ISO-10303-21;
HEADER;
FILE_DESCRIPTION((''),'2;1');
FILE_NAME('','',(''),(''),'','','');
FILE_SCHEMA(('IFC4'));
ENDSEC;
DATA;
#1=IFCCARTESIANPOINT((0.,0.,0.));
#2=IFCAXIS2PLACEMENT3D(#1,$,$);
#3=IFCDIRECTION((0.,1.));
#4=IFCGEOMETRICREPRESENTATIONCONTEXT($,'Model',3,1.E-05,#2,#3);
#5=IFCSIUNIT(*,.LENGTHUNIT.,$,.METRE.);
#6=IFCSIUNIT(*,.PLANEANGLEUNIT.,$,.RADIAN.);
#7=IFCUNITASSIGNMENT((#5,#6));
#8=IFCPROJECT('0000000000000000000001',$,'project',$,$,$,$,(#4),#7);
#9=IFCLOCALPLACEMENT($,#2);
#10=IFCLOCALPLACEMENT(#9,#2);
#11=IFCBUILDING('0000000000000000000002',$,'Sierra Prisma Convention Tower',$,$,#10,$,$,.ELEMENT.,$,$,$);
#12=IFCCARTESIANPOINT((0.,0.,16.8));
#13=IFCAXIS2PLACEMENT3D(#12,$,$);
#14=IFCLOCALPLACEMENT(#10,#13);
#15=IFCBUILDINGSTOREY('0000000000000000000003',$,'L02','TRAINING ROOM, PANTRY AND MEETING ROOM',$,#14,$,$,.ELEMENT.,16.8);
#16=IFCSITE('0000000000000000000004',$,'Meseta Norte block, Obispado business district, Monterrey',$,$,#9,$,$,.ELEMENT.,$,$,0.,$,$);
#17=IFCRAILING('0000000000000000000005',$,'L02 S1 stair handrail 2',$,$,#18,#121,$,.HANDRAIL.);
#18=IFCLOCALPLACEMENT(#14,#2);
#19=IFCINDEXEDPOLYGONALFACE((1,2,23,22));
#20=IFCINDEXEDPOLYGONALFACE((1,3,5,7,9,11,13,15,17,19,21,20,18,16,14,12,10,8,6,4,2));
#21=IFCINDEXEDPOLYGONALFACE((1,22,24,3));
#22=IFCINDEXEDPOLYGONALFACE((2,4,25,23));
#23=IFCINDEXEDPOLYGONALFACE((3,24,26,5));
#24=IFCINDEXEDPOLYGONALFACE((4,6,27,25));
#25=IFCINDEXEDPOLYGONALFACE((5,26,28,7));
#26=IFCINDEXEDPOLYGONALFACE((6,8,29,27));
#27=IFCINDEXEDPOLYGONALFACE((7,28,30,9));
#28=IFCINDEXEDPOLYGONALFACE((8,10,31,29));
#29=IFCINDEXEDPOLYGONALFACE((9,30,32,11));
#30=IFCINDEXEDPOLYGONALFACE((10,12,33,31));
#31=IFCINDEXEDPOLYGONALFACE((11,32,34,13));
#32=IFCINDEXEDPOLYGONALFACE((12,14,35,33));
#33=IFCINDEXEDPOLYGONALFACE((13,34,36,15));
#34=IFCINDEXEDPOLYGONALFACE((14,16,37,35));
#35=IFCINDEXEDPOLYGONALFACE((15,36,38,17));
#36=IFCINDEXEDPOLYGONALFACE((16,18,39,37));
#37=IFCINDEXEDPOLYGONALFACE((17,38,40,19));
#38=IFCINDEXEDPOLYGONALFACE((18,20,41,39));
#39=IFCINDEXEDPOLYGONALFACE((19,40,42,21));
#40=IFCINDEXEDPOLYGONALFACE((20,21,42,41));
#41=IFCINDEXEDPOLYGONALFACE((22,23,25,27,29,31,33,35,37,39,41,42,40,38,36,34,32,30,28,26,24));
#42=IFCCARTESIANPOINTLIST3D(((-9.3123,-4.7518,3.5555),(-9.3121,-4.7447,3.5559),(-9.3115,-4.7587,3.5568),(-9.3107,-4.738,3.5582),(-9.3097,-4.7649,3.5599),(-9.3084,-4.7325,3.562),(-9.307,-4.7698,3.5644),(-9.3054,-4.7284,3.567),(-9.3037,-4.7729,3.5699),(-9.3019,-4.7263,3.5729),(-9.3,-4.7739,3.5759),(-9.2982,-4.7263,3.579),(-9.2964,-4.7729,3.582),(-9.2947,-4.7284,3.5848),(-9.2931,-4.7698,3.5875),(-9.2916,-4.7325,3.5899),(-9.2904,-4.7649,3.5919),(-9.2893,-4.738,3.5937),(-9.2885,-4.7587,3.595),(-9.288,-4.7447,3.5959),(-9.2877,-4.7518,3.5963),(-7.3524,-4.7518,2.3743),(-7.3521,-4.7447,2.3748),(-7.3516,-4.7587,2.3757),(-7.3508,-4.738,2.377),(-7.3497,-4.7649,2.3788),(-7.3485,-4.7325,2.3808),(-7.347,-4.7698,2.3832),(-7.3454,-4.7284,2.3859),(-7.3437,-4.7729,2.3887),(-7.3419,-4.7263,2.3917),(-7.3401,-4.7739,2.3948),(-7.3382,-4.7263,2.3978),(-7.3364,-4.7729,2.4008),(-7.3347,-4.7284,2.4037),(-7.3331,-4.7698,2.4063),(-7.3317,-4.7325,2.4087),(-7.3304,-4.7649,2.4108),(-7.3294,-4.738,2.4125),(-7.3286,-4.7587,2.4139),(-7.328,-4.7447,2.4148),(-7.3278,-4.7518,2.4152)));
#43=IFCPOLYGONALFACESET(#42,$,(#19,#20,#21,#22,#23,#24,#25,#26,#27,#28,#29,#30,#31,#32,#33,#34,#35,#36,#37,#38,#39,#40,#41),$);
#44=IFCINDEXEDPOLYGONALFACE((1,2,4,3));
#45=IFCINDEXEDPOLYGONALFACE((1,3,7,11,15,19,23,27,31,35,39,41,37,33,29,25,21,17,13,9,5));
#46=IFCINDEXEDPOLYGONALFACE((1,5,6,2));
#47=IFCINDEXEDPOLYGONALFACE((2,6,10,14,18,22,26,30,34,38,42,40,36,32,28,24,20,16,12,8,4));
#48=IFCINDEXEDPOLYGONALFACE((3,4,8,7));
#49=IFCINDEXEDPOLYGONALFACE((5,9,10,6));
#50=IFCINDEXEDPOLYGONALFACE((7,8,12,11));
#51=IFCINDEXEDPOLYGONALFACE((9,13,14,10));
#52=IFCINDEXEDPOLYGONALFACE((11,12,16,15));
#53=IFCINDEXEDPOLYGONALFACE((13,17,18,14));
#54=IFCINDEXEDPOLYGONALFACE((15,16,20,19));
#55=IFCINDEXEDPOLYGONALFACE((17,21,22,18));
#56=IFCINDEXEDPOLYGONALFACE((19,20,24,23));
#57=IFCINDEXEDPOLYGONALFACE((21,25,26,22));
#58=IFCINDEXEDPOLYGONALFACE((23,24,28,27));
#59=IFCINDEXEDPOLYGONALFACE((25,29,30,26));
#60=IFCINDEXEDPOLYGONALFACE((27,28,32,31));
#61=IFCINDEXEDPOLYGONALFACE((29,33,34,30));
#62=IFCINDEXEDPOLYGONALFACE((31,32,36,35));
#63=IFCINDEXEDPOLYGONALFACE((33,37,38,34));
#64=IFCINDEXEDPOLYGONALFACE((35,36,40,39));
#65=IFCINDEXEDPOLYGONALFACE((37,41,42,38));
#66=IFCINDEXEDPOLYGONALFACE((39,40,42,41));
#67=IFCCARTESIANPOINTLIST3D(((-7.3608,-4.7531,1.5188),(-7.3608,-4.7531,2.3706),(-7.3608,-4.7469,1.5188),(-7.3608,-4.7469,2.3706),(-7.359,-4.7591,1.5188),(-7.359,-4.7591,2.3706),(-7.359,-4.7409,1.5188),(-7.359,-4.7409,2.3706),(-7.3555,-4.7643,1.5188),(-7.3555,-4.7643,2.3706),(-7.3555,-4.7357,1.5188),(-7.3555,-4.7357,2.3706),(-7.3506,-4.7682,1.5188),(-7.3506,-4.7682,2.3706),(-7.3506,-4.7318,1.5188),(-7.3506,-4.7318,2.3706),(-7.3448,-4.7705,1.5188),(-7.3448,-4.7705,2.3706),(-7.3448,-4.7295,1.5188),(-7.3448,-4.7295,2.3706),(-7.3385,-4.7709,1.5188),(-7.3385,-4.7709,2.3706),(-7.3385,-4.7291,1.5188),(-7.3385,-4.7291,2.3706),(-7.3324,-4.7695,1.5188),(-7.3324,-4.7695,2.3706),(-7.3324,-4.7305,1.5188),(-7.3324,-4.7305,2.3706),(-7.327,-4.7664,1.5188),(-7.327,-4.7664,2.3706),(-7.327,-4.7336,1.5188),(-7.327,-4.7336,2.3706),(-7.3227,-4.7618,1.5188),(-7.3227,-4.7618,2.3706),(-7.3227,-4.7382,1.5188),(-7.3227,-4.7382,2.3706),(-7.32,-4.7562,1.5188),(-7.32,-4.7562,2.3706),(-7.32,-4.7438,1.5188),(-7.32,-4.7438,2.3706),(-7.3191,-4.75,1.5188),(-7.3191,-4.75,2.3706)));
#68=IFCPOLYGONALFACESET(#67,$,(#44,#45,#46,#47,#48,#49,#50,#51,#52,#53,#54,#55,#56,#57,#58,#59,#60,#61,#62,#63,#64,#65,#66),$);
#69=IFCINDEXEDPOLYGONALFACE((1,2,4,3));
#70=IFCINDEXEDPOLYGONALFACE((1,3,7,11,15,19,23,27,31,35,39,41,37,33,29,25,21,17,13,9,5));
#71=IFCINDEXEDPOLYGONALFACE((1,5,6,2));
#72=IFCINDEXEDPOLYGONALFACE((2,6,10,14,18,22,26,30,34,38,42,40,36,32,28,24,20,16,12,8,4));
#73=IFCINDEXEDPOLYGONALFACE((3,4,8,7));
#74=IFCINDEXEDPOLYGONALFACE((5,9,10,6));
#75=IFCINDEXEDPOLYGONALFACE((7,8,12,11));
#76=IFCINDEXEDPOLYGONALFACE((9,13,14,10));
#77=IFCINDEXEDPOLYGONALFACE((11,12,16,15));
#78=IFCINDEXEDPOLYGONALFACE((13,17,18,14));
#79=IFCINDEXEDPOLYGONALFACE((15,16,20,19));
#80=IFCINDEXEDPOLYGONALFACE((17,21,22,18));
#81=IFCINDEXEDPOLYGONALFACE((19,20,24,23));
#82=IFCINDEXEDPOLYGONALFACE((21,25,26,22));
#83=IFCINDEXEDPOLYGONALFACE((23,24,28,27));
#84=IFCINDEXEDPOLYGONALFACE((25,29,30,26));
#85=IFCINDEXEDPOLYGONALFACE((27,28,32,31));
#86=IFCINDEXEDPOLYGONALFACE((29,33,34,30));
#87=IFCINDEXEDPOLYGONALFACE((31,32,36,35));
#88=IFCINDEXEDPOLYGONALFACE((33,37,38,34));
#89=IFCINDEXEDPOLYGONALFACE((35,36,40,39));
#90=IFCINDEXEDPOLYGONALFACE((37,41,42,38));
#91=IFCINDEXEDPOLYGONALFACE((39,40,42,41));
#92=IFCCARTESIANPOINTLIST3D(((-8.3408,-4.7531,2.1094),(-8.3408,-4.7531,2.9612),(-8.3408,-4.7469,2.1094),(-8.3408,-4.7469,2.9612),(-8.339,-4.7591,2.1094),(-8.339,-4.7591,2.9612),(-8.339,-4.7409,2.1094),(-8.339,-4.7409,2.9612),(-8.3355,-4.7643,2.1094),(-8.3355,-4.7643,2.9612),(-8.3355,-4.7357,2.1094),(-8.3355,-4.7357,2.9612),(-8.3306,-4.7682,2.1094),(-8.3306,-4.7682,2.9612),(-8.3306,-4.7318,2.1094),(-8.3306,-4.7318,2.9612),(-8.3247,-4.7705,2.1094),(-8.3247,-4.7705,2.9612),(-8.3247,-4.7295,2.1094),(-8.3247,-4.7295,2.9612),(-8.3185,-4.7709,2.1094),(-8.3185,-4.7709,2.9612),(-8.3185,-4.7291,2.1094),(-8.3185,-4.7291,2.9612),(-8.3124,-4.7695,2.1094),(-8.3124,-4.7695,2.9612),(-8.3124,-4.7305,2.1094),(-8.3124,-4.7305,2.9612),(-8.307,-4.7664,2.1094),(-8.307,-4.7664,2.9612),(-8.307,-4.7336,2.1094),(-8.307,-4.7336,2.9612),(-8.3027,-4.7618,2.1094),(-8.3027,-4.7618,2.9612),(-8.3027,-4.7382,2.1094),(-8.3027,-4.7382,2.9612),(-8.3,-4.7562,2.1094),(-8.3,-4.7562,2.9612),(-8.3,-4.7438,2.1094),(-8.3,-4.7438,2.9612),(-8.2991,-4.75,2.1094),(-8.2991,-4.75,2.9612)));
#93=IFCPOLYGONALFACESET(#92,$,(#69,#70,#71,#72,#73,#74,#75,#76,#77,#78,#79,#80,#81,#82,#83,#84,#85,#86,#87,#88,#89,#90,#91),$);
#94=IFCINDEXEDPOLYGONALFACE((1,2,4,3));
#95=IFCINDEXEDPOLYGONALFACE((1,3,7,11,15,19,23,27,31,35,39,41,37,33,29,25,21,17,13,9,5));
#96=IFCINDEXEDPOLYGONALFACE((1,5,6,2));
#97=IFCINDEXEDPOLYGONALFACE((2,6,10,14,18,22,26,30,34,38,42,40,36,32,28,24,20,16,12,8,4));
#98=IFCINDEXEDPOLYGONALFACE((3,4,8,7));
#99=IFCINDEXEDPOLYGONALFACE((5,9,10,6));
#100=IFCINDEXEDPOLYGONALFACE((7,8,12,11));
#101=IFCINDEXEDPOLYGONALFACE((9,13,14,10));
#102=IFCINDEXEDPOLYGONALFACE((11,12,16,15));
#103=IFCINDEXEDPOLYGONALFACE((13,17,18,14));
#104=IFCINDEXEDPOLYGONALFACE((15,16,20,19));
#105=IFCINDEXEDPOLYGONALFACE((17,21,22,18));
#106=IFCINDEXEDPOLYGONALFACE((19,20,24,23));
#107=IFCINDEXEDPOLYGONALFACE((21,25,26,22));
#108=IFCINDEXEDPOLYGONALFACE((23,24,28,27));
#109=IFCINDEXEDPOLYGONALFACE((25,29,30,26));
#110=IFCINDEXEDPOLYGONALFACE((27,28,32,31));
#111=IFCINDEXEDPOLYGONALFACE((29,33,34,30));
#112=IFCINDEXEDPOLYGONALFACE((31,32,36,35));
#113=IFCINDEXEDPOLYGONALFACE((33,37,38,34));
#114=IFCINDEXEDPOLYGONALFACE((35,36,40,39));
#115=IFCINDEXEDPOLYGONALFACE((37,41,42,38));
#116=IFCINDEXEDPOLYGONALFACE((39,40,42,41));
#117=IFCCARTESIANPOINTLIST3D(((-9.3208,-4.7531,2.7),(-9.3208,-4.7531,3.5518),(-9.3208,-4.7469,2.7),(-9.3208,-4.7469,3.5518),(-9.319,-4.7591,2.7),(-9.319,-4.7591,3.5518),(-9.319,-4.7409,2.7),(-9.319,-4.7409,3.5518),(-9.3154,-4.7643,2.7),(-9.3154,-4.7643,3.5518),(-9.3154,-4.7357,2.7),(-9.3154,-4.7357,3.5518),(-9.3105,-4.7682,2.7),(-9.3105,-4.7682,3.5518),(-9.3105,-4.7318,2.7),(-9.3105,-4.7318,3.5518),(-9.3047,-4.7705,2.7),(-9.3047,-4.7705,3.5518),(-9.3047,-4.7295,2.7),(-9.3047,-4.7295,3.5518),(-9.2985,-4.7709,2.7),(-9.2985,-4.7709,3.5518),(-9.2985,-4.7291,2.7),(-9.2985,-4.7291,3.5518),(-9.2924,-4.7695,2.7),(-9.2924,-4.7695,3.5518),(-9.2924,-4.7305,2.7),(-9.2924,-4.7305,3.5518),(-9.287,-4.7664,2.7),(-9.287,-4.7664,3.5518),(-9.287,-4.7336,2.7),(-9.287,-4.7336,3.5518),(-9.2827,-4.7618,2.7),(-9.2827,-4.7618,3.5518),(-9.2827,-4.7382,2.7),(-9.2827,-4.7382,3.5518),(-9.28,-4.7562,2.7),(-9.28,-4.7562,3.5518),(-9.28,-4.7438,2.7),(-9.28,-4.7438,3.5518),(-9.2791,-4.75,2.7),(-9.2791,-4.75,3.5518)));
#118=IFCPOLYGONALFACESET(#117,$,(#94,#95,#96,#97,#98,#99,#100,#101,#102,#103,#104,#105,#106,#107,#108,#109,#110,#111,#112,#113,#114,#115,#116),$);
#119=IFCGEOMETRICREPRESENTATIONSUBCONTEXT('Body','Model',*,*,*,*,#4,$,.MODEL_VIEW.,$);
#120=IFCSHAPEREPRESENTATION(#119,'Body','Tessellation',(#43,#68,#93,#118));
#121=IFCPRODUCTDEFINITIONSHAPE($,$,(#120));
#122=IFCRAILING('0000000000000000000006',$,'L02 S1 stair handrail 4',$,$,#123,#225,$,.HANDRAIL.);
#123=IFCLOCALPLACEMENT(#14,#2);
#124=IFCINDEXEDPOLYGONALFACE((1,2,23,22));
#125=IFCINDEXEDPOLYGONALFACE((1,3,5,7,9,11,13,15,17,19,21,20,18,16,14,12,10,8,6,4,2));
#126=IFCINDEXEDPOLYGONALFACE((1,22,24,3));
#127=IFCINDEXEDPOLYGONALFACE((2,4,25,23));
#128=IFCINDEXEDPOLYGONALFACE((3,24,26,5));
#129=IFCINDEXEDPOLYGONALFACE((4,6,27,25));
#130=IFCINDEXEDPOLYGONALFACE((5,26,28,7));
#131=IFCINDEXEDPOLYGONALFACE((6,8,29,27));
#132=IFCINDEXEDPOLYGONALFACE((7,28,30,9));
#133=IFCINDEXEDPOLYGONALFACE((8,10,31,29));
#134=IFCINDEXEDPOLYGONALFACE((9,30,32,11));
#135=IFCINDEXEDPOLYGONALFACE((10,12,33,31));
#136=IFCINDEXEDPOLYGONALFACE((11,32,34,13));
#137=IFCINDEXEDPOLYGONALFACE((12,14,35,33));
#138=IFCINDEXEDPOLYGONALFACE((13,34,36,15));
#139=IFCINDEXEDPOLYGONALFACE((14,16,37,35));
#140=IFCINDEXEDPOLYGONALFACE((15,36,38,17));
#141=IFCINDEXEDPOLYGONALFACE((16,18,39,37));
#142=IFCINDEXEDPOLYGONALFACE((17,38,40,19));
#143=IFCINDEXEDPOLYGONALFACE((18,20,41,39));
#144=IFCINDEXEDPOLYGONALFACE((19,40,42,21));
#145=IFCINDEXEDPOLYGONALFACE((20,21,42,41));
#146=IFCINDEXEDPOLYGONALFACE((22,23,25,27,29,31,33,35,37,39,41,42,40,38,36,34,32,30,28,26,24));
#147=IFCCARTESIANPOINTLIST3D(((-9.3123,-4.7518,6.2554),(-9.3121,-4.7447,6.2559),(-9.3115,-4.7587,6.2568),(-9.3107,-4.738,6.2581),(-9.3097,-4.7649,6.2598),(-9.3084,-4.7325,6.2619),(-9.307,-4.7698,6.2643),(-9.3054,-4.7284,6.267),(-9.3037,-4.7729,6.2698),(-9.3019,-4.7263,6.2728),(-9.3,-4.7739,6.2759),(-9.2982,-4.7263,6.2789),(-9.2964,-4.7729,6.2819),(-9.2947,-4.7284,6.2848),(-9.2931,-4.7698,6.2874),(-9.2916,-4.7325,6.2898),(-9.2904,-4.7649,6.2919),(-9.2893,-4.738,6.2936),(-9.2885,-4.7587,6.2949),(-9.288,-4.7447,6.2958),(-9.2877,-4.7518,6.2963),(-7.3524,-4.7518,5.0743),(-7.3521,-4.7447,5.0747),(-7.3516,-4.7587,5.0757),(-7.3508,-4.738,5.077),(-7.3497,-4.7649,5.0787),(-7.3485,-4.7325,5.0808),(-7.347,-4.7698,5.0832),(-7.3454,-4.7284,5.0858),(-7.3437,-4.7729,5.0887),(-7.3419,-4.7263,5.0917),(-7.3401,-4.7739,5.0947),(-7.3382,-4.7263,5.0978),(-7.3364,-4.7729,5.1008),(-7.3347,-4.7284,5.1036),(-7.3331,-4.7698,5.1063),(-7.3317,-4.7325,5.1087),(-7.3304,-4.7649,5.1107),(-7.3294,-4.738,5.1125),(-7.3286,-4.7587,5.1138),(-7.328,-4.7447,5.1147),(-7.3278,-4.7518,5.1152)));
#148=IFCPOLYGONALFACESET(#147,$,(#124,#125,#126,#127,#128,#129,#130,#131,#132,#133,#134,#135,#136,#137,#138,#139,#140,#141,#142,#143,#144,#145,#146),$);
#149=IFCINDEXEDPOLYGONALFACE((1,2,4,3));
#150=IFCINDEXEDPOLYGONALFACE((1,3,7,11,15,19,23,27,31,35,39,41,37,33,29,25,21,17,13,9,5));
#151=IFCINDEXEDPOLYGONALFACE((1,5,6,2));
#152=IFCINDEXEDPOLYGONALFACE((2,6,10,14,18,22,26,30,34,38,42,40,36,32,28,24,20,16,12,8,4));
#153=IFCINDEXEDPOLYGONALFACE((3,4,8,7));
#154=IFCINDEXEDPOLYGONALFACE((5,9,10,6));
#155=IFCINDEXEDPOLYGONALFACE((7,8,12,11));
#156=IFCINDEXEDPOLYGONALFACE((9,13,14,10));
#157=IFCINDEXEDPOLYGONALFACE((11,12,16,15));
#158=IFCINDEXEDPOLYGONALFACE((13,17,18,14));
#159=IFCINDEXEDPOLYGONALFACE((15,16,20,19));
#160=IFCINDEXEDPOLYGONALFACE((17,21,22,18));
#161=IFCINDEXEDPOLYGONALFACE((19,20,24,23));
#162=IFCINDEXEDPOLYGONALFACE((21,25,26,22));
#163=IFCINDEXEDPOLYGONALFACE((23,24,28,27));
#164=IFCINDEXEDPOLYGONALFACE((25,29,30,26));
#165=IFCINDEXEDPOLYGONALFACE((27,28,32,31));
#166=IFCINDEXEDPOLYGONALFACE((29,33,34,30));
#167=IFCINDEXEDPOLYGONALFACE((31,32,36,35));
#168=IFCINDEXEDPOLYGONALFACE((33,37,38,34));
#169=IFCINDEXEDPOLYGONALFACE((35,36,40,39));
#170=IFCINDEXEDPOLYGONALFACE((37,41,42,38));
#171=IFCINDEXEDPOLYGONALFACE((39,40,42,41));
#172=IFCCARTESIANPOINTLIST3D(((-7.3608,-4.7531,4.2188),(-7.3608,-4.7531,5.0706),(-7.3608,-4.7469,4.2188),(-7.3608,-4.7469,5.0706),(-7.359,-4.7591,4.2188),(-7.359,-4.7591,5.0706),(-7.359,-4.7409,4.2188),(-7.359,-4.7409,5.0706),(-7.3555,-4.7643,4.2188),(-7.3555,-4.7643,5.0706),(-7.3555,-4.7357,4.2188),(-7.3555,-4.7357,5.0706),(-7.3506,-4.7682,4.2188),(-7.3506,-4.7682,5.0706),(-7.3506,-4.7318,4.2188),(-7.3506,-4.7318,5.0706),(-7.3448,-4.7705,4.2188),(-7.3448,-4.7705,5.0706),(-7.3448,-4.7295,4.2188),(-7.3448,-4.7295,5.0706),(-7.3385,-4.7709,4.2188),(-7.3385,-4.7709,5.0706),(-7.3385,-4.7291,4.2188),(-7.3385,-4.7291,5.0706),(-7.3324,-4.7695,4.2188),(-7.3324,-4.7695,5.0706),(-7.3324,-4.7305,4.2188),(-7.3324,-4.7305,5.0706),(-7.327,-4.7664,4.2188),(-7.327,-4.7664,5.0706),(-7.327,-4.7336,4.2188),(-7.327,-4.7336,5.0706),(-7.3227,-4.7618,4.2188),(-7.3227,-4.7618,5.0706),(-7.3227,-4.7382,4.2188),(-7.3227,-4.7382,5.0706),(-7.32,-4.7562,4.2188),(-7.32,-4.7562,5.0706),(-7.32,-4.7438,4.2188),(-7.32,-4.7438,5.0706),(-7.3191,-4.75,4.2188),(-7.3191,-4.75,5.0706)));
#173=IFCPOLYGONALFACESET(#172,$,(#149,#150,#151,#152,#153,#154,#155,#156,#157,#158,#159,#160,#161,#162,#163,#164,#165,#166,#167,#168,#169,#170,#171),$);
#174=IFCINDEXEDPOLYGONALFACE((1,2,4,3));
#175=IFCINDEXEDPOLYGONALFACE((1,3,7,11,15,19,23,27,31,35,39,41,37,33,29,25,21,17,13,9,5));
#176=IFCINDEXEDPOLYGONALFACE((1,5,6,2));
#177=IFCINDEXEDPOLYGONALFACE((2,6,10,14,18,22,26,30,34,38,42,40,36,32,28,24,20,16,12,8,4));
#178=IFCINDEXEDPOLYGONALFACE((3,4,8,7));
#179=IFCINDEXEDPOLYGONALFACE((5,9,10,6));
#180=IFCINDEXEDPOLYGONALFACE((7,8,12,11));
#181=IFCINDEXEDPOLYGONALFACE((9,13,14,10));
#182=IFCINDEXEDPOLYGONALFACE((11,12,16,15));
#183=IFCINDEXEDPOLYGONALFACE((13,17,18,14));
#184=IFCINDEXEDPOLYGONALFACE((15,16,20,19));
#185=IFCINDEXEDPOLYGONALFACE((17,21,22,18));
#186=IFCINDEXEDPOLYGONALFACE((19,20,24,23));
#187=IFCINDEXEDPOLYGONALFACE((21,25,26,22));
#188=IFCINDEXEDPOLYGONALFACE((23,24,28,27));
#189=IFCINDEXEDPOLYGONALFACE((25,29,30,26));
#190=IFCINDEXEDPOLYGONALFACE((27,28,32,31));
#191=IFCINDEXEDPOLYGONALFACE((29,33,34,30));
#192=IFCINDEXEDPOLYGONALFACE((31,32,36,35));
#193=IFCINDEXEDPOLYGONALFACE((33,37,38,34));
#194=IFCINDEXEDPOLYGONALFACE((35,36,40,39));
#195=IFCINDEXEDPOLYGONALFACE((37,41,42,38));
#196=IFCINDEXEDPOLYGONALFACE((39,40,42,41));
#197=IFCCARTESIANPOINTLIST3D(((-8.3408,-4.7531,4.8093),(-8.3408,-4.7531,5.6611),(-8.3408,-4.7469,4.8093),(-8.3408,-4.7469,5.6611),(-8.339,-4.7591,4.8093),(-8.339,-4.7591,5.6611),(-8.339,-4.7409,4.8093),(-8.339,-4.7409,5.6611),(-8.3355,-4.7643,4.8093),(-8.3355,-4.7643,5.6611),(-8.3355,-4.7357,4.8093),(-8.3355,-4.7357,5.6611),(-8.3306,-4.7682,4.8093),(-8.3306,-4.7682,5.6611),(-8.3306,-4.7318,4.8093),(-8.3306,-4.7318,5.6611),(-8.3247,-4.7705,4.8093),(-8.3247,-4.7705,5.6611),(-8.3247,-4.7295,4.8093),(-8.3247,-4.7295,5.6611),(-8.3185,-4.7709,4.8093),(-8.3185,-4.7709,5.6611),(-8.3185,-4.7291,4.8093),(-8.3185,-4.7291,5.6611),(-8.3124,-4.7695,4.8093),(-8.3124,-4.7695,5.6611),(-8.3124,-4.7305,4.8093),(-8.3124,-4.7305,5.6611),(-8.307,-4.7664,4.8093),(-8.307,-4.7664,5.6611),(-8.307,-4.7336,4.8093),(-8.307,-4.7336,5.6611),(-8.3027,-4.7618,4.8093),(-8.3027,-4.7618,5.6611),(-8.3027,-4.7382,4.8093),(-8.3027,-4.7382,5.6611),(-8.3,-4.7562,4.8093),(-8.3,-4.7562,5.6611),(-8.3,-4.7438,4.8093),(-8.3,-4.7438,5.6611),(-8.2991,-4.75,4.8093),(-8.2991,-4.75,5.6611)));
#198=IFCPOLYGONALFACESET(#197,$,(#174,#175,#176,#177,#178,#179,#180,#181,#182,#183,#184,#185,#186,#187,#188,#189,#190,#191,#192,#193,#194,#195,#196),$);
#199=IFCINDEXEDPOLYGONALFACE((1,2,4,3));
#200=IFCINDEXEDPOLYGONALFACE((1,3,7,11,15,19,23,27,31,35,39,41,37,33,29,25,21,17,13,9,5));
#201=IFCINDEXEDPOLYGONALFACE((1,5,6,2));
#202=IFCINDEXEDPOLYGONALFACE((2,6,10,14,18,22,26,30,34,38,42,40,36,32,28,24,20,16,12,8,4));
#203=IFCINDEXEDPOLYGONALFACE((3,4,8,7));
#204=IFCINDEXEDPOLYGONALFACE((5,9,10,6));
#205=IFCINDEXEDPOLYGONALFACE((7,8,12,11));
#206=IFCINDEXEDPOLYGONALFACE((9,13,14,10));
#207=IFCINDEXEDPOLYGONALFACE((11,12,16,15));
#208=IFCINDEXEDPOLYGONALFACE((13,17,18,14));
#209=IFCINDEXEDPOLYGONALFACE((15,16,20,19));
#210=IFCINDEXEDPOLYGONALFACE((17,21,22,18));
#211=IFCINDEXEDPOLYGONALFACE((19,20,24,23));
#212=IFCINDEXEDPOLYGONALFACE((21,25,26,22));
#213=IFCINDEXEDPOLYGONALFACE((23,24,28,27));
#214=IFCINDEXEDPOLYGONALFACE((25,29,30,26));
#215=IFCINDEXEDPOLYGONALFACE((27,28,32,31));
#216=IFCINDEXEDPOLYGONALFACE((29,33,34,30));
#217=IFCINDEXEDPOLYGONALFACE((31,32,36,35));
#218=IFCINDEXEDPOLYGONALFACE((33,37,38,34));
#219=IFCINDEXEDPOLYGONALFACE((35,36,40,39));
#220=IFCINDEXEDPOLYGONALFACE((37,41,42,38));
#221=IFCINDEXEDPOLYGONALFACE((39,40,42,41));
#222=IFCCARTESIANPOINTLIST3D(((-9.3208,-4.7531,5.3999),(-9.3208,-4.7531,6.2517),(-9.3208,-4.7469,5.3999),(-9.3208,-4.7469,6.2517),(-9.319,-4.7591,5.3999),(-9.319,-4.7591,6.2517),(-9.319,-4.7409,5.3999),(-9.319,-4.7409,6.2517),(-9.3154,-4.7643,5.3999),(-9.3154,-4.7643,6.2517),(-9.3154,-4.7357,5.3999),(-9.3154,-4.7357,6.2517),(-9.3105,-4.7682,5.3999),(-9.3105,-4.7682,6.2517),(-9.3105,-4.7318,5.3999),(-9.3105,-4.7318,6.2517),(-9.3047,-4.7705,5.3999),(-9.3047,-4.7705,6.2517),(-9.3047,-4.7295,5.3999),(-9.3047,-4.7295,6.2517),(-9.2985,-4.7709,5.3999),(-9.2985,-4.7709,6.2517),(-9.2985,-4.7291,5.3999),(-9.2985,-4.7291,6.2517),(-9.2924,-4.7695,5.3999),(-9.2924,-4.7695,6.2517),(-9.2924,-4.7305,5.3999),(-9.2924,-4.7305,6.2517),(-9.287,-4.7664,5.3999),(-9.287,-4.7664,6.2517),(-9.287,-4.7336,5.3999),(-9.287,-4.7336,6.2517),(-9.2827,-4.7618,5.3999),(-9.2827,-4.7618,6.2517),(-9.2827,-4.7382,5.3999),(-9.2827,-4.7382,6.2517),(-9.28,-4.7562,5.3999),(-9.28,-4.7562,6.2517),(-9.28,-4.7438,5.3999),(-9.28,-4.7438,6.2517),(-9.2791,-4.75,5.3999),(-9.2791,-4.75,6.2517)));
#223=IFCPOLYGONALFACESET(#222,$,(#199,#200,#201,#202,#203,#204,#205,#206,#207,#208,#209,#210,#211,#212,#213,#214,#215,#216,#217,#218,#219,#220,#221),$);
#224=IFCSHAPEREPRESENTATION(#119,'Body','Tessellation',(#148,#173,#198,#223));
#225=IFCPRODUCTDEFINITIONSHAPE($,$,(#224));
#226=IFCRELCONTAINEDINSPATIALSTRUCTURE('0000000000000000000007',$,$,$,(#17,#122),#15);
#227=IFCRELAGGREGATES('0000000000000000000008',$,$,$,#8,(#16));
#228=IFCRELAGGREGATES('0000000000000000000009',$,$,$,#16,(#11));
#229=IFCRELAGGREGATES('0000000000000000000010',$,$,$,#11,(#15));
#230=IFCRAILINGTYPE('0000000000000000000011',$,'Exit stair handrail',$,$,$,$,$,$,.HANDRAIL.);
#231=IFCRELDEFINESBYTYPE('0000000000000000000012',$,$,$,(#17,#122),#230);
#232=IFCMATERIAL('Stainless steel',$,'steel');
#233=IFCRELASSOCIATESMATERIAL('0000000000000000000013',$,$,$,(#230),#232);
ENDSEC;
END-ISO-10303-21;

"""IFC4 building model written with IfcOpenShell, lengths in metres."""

from ifc_helpers import new_model, si_unit, direction, frame, origin, origin_2d, place, context, subcontext, project, spatial, circle, extrude, material, type_object, element, save


model = new_model("IFC4")

# Units and contexts
model_context = context("Model", 3, precision=1e-05, world=origin(), true_north=direction((0.0, 1.0)))
body_context = subcontext(model_context, "Body", "Model", "MODEL_VIEW")
ifc_project = project(units=[si_unit("LENGTHUNIT", "METRE"), si_unit("PLANEANGLEUNIT", "RADIAN")], contexts=[model_context])

# Site, building, storey
site_placement = place(None, origin())
site = spatial("IfcSite", under=ifc_project, at=site_placement, Name="Meseta Norte block, Obispado business district, Monterrey", CompositionType="ELEMENT", RefElevation=0.0)
building_placement = place(site_placement, origin())
building = spatial("IfcBuilding", under=site, at=building_placement, Name="Sierra Prisma Convention Tower", CompositionType="ELEMENT")
storey_placement = place(building_placement, frame((0.0, 0.0, 16.8)))
storey = spatial("IfcBuildingStorey", under=building, at=storey_placement, Name="L02", Description="TRAINING ROOM, PANTRY AND MEETING ROOM", CompositionType="ELEMENT", Elevation=16.8)

# Railings
ifc_material_1 = material(Name="Stainless steel", Category="steel")
railing_type_1 = type_object("IfcRailingType", Name="Exit stair handrail", PredefinedType="HANDRAIL", material=ifc_material_1)
for number, where, name in (
    (1, (-7.3401, -4.75, 1.5188), "L02 S1 stair handrail 2"),
    (2, (-7.3401, -4.75, 4.2188), "L02 S1 stair handrail 4"),
):
    element("IfcRailing", number, at=place(storey_placement, frame(where)), inside=storey, type_object=railing_type_1, Name=name, PredefinedType="HANDRAIL", context=body_context, shape_type="SweptSolid", body=[
        extrude(circle(Radius=0.0239, at=origin_2d()), frame((0.0, 0.0, 0.876), z_axis=(-0.856493, 0.0, 0.516158), x_axis=(0.0, -1.0, 0.0)), (0.0, 0.0, 1.0), 2.2883),
        extrude(circle(Radius=0.021, at=origin_2d()), origin(), (0.0, 0.0, 1.0), 0.8518),
        extrude(circle(Radius=0.021, at=origin_2d()), frame((-0.98, 0.0, 0.5906)), (0.0, 0.0, 1.0), 0.8518),
        extrude(circle(Radius=0.021, at=origin_2d()), frame((-1.96, 0.0, 1.1812)), (0.0, 0.0, 1.0), 0.8518),
    ])

save(model, "model.ifc")
